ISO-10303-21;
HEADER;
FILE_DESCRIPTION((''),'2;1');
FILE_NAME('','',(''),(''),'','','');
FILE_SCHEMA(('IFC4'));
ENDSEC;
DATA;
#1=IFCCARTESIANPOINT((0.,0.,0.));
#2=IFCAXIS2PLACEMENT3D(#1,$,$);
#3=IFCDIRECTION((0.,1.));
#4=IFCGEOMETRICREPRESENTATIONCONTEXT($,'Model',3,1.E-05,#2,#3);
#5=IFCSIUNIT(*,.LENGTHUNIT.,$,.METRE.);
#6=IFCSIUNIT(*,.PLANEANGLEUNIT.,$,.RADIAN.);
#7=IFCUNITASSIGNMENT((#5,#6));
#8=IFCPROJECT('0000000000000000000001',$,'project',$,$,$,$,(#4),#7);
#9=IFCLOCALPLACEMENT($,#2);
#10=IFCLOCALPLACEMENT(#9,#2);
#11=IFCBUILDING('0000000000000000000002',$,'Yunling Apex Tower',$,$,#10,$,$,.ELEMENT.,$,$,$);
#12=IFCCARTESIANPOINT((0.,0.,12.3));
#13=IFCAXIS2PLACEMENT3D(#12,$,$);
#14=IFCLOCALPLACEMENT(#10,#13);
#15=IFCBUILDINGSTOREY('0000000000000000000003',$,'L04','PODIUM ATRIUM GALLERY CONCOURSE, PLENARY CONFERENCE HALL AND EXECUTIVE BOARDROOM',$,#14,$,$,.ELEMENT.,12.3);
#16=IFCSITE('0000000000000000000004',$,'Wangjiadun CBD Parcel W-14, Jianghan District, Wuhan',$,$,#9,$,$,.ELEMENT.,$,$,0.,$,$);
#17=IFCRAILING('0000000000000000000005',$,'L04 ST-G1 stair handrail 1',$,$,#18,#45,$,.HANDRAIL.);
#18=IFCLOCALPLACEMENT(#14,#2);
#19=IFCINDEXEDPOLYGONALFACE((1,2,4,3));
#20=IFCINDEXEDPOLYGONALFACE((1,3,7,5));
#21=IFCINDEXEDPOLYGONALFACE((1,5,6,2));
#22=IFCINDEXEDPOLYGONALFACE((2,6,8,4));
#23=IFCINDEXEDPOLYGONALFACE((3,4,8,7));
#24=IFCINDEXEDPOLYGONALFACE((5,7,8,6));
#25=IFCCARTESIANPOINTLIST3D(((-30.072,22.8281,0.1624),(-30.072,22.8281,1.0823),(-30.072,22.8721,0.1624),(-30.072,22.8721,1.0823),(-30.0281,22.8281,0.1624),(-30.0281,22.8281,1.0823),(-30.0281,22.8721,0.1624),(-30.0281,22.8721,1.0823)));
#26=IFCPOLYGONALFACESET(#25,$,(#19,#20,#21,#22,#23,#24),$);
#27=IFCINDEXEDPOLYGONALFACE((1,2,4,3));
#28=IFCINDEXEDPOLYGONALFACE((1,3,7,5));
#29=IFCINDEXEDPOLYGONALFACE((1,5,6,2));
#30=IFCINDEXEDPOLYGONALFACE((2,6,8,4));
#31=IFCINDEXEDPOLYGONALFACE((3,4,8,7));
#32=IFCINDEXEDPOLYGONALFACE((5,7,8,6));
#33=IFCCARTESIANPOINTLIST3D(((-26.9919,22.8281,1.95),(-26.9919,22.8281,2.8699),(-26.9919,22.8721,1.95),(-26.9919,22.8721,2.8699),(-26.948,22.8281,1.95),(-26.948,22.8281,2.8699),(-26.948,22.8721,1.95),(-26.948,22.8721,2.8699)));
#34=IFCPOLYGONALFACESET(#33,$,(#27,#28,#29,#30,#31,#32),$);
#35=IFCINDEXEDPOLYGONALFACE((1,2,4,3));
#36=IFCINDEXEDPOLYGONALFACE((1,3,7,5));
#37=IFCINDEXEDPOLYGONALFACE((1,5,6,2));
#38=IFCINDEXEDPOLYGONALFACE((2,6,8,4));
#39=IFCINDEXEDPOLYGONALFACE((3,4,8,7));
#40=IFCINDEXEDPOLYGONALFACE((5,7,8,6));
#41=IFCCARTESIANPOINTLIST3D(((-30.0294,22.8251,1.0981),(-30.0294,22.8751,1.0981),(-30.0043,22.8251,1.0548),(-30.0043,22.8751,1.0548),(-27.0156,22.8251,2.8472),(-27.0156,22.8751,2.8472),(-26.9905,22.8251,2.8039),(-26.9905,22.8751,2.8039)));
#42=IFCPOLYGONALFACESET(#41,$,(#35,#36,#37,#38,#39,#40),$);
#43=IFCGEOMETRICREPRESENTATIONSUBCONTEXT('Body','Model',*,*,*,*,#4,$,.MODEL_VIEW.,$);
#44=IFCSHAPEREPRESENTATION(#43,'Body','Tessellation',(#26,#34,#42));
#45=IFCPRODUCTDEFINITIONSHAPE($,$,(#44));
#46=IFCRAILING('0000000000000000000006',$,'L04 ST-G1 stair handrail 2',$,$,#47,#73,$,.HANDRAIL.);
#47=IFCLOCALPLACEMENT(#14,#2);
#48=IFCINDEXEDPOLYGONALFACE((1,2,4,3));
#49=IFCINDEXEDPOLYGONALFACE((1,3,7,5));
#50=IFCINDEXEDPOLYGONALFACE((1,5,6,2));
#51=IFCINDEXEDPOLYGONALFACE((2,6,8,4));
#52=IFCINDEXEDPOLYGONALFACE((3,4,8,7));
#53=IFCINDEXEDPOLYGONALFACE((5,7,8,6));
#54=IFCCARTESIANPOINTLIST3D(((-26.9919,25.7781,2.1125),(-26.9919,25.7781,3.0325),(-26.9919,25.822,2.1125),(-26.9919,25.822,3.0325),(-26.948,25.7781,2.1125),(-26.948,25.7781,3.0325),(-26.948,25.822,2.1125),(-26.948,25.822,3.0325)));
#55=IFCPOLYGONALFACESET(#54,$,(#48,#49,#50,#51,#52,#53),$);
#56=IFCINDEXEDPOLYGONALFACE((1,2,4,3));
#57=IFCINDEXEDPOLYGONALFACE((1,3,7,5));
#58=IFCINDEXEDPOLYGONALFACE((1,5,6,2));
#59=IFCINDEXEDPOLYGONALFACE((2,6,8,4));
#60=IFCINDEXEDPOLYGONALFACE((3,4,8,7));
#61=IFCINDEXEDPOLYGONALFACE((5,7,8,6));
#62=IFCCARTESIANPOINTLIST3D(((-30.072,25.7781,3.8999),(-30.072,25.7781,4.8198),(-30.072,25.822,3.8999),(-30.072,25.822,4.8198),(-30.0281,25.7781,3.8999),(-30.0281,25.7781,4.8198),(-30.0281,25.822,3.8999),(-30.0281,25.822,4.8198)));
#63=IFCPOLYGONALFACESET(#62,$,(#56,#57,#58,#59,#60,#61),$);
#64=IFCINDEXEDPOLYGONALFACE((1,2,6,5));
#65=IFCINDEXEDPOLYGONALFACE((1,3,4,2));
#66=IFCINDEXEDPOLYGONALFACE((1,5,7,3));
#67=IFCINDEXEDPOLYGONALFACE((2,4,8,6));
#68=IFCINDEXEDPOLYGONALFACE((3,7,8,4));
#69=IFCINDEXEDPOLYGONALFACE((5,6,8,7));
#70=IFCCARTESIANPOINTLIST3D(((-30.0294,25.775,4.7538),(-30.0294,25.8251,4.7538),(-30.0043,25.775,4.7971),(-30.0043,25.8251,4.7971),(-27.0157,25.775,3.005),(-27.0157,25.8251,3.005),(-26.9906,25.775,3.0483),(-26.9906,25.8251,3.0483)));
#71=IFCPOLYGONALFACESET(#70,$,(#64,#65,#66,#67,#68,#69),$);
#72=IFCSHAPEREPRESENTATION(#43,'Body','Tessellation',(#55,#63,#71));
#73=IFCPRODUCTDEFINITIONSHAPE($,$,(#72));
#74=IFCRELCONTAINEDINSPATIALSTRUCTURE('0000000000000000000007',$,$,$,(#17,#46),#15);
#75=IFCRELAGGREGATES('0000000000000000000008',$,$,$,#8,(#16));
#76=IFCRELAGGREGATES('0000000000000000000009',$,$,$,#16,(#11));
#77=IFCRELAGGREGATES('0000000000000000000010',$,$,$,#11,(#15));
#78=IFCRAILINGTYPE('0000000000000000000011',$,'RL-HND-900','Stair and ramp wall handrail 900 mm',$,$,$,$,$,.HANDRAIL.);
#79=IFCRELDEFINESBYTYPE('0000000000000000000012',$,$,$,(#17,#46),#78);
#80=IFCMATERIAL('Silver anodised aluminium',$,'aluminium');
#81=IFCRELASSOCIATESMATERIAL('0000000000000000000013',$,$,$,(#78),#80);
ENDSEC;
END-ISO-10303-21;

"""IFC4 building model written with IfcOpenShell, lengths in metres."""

from ifc_helpers import new_model, si_unit, direction, frame, origin, origin_2d, place, context, subcontext, project, spatial, rectangle, extrude, material, type_object, element, save


model = new_model("IFC4")

# Units and contexts
model_context = context("Model", 3, precision=1e-05, world=origin(), true_north=direction((0.0, 1.0)))
body_context = subcontext(model_context, "Body", "Model", "MODEL_VIEW")
ifc_project = project(units=[si_unit("LENGTHUNIT", "METRE"), si_unit("PLANEANGLEUNIT", "RADIAN")], contexts=[model_context])

# Site, building, storey
site_placement = place(None, origin())
site = spatial("IfcSite", under=ifc_project, at=site_placement, Name="Wangjiadun CBD Parcel W-14, Jianghan District, Wuhan", CompositionType="ELEMENT", RefElevation=0.0)
building_placement = place(site_placement, origin())
building = spatial("IfcBuilding", under=site, at=building_placement, Name="Yunling Apex Tower", CompositionType="ELEMENT")
storey_placement = place(building_placement, frame((0.0, 0.0, 12.3)))
storey = spatial("IfcBuildingStorey", under=building, at=storey_placement, Name="L04", Description="PODIUM ATRIUM GALLERY CONCOURSE, PLENARY CONFERENCE HALL AND EXECUTIVE BOARDROOM", CompositionType="ELEMENT", Elevation=12.3)

# Railings
ifc_material_1 = material(Name="Silver anodised aluminium", Category="aluminium")
railing_type_1 = type_object("IfcRailingType", Name="RL-HND-900", Description="Stair and ramp wall handrail 900 mm", PredefinedType="HANDRAIL", material=ifc_material_1)
railing_1_placement = place(storey_placement, frame((-30.05, 22.8501, 0.1624)))
element("IfcRailing", 1, at=railing_1_placement, inside=storey, type_object=railing_type_1, Name="L04 ST-G1 stair handrail 1", PredefinedType="HANDRAIL", context=body_context, shape_type="SweptSolid", body=[
    extrude(rectangle(XDim=0.0439, YDim=0.0439, at=origin_2d()), origin(), (0.0, 0.0, 1.0), 0.9199),
    extrude(rectangle(XDim=0.0439, YDim=0.0439, at=origin_2d()), frame((3.0801, 0.0, 1.7876)), (0.0, 0.0, 1.0), 0.9199),
    extrude(rectangle(XDim=0.05, YDim=0.05, at=origin_2d()), frame((0.0332, 0.0, 0.9141), z_axis=(0.864891, 0.0, 0.50196), x_axis=(0.0, 1.0, 0.0)), (0.0, 0.0, 1.0), 3.4846),
])
railing_2_placement = place(storey_placement, frame((-26.97, 25.8, 2.1125)))
element("IfcRailing", 2, at=railing_2_placement, inside=storey, type_object=railing_type_1, Name="L04 ST-G1 stair handrail 2", PredefinedType="HANDRAIL", context=body_context, shape_type="SweptSolid", body=[
    extrude(rectangle(XDim=0.0439, YDim=0.0439, at=origin_2d()), origin(), (0.0, 0.0, 1.0), 0.9199),
    extrude(rectangle(XDim=0.0439, YDim=0.0439, at=origin_2d()), frame((-3.0801, 0.0, 1.7874)), (0.0, 0.0, 1.0), 0.9199),
    extrude(rectangle(XDim=0.05, YDim=0.05, at=origin_2d()), frame((-0.0332, 0.0, 0.9141), z_axis=(-0.86492, 0.0, 0.501909), x_axis=(0.0, -1.0, 0.0)), (0.0, 0.0, 1.0), 3.4844),
])

save(model, "model.ifc")
